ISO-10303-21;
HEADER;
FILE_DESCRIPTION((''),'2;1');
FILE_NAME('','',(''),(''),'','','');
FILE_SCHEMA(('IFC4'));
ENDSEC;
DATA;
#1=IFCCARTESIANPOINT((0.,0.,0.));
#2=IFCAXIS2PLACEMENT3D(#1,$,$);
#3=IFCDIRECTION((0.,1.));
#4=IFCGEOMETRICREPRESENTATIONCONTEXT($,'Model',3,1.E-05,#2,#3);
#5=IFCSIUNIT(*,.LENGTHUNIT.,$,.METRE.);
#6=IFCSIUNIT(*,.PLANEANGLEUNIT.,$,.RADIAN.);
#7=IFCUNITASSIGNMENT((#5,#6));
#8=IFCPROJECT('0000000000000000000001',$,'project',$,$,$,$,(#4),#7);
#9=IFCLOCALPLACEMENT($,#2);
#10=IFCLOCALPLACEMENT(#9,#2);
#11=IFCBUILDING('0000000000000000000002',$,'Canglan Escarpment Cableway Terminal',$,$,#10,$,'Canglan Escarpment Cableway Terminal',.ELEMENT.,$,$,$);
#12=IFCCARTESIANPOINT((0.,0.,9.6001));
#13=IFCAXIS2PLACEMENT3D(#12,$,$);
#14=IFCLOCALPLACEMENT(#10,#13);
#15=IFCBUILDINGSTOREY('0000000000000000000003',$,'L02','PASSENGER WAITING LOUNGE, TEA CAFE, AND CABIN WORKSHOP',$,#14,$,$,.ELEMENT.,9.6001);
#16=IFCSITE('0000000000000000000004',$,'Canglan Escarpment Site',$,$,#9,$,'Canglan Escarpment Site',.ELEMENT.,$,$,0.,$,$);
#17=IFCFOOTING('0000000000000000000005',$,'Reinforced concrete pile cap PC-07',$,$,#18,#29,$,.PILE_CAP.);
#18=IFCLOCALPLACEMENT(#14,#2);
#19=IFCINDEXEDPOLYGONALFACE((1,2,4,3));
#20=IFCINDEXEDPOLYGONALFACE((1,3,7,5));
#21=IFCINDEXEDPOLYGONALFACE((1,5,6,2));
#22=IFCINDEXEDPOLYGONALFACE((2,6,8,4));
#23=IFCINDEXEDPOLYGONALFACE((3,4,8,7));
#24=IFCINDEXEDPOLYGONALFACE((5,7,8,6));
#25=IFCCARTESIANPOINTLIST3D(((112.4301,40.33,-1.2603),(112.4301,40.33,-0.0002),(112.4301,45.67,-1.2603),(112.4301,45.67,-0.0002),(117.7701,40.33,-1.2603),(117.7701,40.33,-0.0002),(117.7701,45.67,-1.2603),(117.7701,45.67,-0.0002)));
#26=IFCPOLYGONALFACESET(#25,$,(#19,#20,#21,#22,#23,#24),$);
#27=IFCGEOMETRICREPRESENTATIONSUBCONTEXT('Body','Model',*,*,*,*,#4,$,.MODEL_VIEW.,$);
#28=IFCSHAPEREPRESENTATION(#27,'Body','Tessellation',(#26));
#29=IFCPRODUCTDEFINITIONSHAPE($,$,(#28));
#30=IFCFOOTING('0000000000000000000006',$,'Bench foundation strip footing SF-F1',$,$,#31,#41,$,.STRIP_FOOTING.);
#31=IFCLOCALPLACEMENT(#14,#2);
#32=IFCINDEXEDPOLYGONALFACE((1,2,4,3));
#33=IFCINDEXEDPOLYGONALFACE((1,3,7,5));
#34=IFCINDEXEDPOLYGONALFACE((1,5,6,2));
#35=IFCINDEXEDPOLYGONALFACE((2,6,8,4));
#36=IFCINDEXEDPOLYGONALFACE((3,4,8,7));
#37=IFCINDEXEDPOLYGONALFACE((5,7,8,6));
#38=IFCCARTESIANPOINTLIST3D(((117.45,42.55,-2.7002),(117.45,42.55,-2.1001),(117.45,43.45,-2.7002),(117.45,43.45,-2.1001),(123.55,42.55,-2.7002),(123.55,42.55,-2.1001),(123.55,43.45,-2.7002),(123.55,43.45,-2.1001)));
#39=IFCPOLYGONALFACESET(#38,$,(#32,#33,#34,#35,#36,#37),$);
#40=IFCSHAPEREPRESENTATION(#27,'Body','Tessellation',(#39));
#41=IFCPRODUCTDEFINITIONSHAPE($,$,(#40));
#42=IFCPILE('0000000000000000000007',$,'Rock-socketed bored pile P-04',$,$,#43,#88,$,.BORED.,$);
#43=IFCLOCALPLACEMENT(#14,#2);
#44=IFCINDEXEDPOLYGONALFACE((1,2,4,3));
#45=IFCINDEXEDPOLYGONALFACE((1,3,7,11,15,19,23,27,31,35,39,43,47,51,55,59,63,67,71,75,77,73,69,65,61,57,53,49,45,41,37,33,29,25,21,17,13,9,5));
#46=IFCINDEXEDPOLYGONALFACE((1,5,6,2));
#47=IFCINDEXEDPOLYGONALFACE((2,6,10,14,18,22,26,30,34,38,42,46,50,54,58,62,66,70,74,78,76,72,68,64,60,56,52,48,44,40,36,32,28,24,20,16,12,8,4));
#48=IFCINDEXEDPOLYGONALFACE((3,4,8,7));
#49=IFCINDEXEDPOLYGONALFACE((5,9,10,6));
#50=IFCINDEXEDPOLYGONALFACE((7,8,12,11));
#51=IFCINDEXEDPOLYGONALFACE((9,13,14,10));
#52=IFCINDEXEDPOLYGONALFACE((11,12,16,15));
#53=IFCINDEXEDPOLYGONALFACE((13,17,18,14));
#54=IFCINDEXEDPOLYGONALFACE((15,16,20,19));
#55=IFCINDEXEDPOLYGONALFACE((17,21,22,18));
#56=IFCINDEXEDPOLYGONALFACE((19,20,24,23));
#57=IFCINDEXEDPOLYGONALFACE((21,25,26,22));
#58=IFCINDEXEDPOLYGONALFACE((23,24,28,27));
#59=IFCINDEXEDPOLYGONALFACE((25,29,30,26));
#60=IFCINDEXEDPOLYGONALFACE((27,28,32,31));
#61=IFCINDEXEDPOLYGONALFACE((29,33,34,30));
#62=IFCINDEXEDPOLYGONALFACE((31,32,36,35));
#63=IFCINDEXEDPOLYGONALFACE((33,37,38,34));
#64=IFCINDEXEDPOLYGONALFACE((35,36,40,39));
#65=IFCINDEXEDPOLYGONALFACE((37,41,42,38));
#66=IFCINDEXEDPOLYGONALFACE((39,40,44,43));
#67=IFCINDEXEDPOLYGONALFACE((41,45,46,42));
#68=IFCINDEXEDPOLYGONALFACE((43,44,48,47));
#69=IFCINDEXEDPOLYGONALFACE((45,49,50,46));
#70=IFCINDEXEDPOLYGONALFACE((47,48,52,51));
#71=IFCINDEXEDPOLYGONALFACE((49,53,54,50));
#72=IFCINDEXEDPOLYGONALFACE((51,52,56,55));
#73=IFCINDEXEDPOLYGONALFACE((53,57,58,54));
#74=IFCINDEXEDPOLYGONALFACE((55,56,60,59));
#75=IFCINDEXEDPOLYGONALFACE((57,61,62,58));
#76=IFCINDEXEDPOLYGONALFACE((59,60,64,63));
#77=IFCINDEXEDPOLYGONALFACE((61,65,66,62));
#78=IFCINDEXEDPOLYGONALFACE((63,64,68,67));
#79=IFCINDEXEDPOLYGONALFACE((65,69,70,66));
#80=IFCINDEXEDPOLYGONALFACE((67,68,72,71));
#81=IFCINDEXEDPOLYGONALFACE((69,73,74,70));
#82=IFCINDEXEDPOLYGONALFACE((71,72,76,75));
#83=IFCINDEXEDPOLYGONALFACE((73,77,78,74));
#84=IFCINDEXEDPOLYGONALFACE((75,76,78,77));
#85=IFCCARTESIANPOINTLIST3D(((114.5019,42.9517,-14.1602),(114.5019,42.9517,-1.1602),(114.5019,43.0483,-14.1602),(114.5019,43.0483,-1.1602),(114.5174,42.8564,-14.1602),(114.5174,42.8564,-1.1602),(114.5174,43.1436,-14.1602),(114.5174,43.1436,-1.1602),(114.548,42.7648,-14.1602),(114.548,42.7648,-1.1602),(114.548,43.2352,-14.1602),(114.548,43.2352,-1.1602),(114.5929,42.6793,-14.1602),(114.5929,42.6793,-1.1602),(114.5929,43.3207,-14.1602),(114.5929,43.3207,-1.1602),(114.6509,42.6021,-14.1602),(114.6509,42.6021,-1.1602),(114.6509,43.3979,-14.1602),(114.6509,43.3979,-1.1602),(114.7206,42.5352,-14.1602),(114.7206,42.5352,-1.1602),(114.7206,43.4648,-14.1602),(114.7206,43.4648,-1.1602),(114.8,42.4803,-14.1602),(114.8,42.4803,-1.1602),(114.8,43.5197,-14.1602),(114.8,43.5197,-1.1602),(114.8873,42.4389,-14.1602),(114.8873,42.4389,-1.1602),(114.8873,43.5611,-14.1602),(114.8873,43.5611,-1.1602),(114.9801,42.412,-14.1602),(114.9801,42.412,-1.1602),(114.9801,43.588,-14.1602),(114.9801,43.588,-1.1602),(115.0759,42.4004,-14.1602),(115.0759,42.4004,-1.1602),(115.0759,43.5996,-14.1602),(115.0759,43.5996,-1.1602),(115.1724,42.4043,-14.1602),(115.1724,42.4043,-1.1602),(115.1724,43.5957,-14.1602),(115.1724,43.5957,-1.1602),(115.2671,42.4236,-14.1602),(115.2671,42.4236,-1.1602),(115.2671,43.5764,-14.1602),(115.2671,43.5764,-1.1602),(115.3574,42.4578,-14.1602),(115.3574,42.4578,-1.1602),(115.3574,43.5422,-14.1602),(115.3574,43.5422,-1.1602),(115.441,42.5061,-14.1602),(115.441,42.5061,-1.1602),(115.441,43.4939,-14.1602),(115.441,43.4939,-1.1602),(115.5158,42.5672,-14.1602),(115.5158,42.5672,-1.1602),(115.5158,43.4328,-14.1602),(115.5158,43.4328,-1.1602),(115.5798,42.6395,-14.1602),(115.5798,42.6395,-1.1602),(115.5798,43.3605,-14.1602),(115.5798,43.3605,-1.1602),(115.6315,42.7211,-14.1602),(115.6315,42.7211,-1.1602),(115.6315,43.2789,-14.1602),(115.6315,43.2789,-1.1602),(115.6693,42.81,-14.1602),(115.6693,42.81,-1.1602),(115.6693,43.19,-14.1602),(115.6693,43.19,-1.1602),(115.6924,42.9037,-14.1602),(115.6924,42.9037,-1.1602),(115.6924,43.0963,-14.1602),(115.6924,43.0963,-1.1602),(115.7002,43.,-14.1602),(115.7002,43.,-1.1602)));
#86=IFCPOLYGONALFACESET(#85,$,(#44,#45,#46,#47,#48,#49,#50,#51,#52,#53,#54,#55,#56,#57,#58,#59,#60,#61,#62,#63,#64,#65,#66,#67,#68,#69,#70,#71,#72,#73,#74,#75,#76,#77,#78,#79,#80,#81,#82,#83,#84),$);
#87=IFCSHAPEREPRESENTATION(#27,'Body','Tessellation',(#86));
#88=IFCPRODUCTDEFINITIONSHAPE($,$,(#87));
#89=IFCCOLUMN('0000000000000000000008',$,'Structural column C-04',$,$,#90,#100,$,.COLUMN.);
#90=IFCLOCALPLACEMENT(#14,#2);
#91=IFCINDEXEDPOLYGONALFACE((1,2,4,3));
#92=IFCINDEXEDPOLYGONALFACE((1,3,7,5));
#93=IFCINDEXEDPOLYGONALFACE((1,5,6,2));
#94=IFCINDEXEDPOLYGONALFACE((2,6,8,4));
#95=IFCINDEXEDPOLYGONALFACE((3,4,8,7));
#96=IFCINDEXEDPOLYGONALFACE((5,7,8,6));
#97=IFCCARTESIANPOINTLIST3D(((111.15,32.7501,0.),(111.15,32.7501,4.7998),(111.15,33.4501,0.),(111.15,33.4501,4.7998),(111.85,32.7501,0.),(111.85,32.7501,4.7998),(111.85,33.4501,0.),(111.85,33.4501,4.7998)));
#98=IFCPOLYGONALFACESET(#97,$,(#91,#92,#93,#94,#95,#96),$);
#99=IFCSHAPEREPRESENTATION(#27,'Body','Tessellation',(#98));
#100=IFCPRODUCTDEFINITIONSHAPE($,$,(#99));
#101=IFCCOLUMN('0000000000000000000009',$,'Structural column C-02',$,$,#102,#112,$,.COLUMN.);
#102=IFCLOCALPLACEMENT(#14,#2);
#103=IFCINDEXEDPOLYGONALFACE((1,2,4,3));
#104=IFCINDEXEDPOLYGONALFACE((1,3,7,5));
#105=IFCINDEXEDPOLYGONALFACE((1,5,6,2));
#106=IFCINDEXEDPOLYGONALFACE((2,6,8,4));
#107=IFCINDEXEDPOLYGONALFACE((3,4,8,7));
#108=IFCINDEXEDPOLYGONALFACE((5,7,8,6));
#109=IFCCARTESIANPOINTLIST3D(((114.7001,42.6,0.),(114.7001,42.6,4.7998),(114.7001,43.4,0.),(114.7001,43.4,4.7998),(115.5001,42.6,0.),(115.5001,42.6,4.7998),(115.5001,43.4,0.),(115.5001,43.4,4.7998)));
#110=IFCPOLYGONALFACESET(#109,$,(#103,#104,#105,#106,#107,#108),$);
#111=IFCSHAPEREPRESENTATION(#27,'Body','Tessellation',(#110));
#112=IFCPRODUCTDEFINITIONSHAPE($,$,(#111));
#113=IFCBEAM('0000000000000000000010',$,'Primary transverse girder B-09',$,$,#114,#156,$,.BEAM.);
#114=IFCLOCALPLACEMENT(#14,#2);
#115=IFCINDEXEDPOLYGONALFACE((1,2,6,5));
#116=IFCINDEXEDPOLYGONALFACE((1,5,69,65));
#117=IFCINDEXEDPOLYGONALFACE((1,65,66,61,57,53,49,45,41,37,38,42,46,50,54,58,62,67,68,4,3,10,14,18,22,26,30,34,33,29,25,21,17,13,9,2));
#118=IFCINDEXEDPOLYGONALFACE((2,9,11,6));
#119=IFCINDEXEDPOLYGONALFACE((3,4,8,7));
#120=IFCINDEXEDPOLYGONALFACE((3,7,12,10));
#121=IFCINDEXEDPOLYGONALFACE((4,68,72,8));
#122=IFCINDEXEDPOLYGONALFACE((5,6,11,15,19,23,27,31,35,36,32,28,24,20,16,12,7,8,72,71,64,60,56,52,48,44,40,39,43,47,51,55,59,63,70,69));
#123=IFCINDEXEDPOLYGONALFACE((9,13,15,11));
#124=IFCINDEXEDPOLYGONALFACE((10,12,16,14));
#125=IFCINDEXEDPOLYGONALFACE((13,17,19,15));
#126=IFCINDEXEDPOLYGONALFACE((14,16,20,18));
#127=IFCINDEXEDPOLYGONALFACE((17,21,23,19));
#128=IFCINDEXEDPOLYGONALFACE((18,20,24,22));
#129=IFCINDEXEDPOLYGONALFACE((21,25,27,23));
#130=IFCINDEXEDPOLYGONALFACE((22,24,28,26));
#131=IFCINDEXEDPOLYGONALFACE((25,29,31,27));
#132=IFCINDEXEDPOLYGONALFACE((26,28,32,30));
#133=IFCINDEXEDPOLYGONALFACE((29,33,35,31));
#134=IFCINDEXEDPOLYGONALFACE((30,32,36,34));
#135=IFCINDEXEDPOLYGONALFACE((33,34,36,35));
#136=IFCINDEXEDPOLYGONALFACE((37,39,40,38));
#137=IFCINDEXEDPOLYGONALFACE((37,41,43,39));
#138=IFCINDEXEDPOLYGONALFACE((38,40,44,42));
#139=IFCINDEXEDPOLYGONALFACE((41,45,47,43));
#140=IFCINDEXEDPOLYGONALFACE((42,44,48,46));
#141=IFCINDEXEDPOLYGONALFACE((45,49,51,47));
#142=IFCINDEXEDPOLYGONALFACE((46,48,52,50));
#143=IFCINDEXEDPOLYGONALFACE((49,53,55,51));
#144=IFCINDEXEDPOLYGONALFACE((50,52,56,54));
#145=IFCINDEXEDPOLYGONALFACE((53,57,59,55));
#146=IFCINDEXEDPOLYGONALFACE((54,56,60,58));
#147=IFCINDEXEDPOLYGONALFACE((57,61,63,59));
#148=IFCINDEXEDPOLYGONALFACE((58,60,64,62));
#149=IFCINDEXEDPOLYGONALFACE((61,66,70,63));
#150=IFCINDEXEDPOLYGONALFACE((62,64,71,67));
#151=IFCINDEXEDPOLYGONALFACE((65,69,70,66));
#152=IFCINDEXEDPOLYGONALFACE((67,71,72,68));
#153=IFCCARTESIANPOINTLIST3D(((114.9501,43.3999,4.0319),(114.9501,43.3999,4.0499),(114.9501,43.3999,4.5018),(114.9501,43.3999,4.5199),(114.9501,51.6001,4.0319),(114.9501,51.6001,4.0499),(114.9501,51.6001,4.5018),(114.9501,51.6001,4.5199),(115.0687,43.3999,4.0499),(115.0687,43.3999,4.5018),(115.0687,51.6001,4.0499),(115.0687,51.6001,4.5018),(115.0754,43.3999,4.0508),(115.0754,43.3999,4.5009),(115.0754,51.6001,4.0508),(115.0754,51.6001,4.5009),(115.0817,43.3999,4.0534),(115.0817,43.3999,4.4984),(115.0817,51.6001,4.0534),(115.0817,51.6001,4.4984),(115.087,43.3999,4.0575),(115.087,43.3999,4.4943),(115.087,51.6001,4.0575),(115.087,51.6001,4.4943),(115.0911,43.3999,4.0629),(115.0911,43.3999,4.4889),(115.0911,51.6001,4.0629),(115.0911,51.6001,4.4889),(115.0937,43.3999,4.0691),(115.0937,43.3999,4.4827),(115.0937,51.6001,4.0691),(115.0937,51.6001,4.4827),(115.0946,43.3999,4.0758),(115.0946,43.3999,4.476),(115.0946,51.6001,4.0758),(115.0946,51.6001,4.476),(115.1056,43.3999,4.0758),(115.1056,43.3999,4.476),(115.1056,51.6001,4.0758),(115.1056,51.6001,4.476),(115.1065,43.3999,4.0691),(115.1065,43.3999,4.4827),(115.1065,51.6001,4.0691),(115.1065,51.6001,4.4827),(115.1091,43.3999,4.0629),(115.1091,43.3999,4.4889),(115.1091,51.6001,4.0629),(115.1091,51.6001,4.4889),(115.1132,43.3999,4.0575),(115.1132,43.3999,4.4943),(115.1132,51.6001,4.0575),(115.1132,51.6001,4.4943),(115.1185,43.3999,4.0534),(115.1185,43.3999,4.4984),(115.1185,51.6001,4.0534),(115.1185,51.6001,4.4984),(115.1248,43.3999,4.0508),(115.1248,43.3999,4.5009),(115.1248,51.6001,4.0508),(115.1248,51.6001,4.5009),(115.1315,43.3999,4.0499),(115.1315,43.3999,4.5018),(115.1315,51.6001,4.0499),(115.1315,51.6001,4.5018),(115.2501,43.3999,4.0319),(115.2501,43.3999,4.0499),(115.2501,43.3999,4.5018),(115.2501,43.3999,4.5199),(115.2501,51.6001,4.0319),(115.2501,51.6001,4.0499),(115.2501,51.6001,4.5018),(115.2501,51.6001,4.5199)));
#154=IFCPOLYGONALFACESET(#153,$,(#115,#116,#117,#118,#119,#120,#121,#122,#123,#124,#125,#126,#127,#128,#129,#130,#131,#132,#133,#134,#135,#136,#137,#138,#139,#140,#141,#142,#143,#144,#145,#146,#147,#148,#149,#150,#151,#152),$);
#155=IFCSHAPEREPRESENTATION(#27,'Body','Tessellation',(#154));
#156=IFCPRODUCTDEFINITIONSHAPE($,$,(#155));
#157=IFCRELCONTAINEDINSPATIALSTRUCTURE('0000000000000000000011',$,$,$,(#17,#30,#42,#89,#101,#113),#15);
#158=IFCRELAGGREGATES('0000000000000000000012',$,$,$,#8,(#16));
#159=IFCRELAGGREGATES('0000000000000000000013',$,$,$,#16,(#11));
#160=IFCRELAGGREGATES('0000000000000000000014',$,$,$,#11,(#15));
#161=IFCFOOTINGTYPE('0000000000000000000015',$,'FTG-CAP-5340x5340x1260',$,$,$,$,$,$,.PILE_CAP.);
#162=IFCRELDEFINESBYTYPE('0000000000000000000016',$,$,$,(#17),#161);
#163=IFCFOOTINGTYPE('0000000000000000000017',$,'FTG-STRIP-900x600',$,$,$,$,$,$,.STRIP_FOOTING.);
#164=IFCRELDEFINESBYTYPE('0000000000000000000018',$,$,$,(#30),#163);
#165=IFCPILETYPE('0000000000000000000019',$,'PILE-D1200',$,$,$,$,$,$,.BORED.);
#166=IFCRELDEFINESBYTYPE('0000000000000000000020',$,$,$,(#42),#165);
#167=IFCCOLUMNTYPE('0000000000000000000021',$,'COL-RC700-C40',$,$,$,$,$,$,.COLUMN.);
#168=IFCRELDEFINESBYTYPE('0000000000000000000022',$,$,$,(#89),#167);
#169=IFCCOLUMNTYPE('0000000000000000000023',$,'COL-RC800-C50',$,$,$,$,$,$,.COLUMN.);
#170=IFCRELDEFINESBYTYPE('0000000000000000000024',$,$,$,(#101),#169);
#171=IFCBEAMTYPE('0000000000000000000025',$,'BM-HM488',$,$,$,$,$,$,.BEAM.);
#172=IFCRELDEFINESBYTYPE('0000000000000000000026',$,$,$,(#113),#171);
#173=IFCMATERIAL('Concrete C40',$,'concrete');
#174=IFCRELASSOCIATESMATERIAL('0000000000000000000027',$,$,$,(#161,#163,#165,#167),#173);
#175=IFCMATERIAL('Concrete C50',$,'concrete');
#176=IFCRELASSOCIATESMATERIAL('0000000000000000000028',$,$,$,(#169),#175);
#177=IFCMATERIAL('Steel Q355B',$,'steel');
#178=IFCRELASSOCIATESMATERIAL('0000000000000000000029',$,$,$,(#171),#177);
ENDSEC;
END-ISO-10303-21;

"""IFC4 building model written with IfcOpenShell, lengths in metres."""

from ifc_helpers import new_model, si_unit, direction, frame, origin, origin_2d, place, context, subcontext, project, spatial, rectangle, circle, i_section, extrude, material, material_profile, profile_set, type_object, element, save


model = new_model("IFC4")

# Units and contexts
model_context = context("Model", 3, precision=1e-05, world=origin(), true_north=direction((0.0, 1.0)))
body_context = subcontext(model_context, "Body", "Model", "MODEL_VIEW")
ifc_project = project(units=[si_unit("LENGTHUNIT", "METRE"), si_unit("PLANEANGLEUNIT", "RADIAN")], contexts=[model_context])

# Site, building, storey
site_placement = place(None, origin())
site = spatial("IfcSite", under=ifc_project, at=site_placement, Name="Canglan Escarpment Site", LongName="Canglan Escarpment Site", CompositionType="ELEMENT", RefElevation=0.0)
building_placement = place(site_placement, origin())
building = spatial("IfcBuilding", under=site, at=building_placement, Name="Canglan Escarpment Cableway Terminal", LongName="Canglan Escarpment Cableway Terminal", CompositionType="ELEMENT")
storey_placement = place(building_placement, frame((0.0, 0.0, 9.6001)))
storey = spatial("IfcBuildingStorey", under=building, at=storey_placement, Name="L02", Description="PASSENGER WAITING LOUNGE, TEA CAFE, AND CABIN WORKSHOP", CompositionType="ELEMENT", Elevation=9.6001)

# Footings
ifc_material_1 = material(Name="Concrete C40", Category="concrete")
footing_type_1 = type_object("IfcFootingType", Name="FTG-CAP-5340x5340x1260", PredefinedType="PILE_CAP", material=ifc_material_1)
footing_1_placement = place(storey_placement, frame((115.1001, 43.0, -1.2603), z_axis=(0.0, 0.0, 1.0), x_axis=(1.0, 0.0, 0.0)))
element("IfcFooting", 1, at=footing_1_placement, inside=storey, type_object=footing_type_1, Name="Reinforced concrete pile cap PC-07", PredefinedType="PILE_CAP", context=body_context, shape_type="SweptSolid", body=[
    extrude(rectangle(XDim=5.3401, YDim=5.3401, at=origin_2d()), origin(), (0.0, 0.0, 1.0), 1.26),
])
ifc_material_profile_1 = material_profile(ifc_material_1, rectangle(XDim=0.8999, YDim=0.6001, at=origin_2d()), Name="SF 900x600")
ifc_profile_set_1 = profile_set([ifc_material_profile_1], Name="Concrete C40")
footing_type_2 = type_object("IfcFootingType", Name="FTG-STRIP-900x600", PredefinedType="STRIP_FOOTING", material=ifc_profile_set_1)
footing_2_placement = place(storey_placement, frame((117.45, 43.0, -2.4001), z_axis=(1.0, 0.0, 0.0), x_axis=(0.0, 1.0, 0.0)))
element("IfcFooting", 2, at=footing_2_placement, inside=storey, type_object=footing_type_2, Name="Bench foundation strip footing SF-F1", PredefinedType="STRIP_FOOTING", context=body_context, shape_type="SweptSolid", body=[
    extrude(rectangle(XDim=0.8999, YDim=0.6001, at=origin_2d()), origin(), (0.0, 0.0, 1.0), 6.1001),
])

# Pile
ifc_material_profile_2 = material_profile(ifc_material_1, circle(Radius=0.6001, at=origin_2d()), Name="BORED PILE D1200")
ifc_profile_set_2 = profile_set([ifc_material_profile_2], Name="Concrete C40")
pile_type = type_object("IfcPileType", Name="PILE-D1200", PredefinedType="BORED", material=ifc_profile_set_2)
pile_placement = place(storey_placement, frame((115.1001, 43.0, -1.1602), z_axis=(0.0, 0.0, -1.0), x_axis=(1.0, 0.0, 0.0)))
element("IfcPile", 3, at=pile_placement, inside=storey, type_object=pile_type, Name="Rock-socketed bored pile P-04", PredefinedType="BORED", context=body_context, shape_type="SweptSolid", body=[
    extrude(circle(Radius=0.6001, at=origin_2d()), origin(), (0.0, 0.0, 1.0), 13.0),
])

# Columns
ifc_material_profile_3 = material_profile(ifc_material_1, rectangle(XDim=0.7, YDim=0.7, at=origin_2d()), Name="RC 700x700")
ifc_profile_set_3 = profile_set([ifc_material_profile_3], Name="Concrete C40")
column_type_1 = type_object("IfcColumnType", Name="COL-RC700-C40", PredefinedType="COLUMN", material=ifc_profile_set_3)
column_1_placement = place(storey_placement, frame((111.5, 33.1001, 0.0), z_axis=(0.0, 0.0, 1.0), x_axis=(1.0, 0.0, 0.0)))
element("IfcColumn", 4, at=column_1_placement, inside=storey, type_object=column_type_1, Name="Structural column C-04", PredefinedType="COLUMN", context=body_context, shape_type="SweptSolid", body=[
    extrude(rectangle(XDim=0.7, YDim=0.7, at=origin_2d()), origin(), (0.0, 0.0, 1.0), 4.7998),
])
ifc_material_2 = material(Name="Concrete C50", Category="concrete")
ifc_material_profile_4 = material_profile(ifc_material_2, rectangle(XDim=0.8, YDim=0.8, at=origin_2d()), Name="RC 800x800")
ifc_profile_set_4 = profile_set([ifc_material_profile_4], Name="Concrete C50")
column_type_2 = type_object("IfcColumnType", Name="COL-RC800-C50", PredefinedType="COLUMN", material=ifc_profile_set_4)
column_2_placement = place(storey_placement, frame((115.1001, 43.0, 0.0), z_axis=(0.0, 0.0, 1.0), x_axis=(1.0, 0.0, 0.0)))
element("IfcColumn", 5, at=column_2_placement, inside=storey, type_object=column_type_2, Name="Structural column C-02", PredefinedType="COLUMN", context=body_context, shape_type="SweptSolid", body=[
    extrude(rectangle(XDim=0.8, YDim=0.8, at=origin_2d()), origin(), (0.0, 0.0, 1.0), 4.7998),
])

# Beam
ifc_material_3 = material(Name="Steel Q355B", Category="steel")
ifc_material_profile_5 = material_profile(ifc_material_3, i_section(OverallWidth=0.3, OverallDepth=0.488, WebThickness=0.011, FlangeThickness=0.0181, FilletRadius=0.0259, at=origin_2d()), Name="HM 488x300x11x18")
ifc_profile_set_5 = profile_set([ifc_material_profile_5], Name="Steel Q355B")
beam_type_1 = type_object("IfcBeamType", Name="BM-HM488", PredefinedType="BEAM", material=ifc_profile_set_5)
beam_1_placement = place(storey_placement, frame((115.1001, 43.3999, 4.2759), z_axis=(0.0, 1.0, 0.0), x_axis=(-1.0, 0.0, 0.0)))
element("IfcBeam", 6, at=beam_1_placement, inside=storey, type_object=beam_type_1, Name="Primary transverse girder B-09", PredefinedType="BEAM", context=body_context, shape_type="SweptSolid", body=[
    extrude(i_section(OverallWidth=0.3, OverallDepth=0.488, WebThickness=0.011, FlangeThickness=0.0181, FilletRadius=0.0259, at=origin_2d()), origin(), (0.0, 0.0, 1.0), 8.2002),
])

save(model, "model.ifc")
